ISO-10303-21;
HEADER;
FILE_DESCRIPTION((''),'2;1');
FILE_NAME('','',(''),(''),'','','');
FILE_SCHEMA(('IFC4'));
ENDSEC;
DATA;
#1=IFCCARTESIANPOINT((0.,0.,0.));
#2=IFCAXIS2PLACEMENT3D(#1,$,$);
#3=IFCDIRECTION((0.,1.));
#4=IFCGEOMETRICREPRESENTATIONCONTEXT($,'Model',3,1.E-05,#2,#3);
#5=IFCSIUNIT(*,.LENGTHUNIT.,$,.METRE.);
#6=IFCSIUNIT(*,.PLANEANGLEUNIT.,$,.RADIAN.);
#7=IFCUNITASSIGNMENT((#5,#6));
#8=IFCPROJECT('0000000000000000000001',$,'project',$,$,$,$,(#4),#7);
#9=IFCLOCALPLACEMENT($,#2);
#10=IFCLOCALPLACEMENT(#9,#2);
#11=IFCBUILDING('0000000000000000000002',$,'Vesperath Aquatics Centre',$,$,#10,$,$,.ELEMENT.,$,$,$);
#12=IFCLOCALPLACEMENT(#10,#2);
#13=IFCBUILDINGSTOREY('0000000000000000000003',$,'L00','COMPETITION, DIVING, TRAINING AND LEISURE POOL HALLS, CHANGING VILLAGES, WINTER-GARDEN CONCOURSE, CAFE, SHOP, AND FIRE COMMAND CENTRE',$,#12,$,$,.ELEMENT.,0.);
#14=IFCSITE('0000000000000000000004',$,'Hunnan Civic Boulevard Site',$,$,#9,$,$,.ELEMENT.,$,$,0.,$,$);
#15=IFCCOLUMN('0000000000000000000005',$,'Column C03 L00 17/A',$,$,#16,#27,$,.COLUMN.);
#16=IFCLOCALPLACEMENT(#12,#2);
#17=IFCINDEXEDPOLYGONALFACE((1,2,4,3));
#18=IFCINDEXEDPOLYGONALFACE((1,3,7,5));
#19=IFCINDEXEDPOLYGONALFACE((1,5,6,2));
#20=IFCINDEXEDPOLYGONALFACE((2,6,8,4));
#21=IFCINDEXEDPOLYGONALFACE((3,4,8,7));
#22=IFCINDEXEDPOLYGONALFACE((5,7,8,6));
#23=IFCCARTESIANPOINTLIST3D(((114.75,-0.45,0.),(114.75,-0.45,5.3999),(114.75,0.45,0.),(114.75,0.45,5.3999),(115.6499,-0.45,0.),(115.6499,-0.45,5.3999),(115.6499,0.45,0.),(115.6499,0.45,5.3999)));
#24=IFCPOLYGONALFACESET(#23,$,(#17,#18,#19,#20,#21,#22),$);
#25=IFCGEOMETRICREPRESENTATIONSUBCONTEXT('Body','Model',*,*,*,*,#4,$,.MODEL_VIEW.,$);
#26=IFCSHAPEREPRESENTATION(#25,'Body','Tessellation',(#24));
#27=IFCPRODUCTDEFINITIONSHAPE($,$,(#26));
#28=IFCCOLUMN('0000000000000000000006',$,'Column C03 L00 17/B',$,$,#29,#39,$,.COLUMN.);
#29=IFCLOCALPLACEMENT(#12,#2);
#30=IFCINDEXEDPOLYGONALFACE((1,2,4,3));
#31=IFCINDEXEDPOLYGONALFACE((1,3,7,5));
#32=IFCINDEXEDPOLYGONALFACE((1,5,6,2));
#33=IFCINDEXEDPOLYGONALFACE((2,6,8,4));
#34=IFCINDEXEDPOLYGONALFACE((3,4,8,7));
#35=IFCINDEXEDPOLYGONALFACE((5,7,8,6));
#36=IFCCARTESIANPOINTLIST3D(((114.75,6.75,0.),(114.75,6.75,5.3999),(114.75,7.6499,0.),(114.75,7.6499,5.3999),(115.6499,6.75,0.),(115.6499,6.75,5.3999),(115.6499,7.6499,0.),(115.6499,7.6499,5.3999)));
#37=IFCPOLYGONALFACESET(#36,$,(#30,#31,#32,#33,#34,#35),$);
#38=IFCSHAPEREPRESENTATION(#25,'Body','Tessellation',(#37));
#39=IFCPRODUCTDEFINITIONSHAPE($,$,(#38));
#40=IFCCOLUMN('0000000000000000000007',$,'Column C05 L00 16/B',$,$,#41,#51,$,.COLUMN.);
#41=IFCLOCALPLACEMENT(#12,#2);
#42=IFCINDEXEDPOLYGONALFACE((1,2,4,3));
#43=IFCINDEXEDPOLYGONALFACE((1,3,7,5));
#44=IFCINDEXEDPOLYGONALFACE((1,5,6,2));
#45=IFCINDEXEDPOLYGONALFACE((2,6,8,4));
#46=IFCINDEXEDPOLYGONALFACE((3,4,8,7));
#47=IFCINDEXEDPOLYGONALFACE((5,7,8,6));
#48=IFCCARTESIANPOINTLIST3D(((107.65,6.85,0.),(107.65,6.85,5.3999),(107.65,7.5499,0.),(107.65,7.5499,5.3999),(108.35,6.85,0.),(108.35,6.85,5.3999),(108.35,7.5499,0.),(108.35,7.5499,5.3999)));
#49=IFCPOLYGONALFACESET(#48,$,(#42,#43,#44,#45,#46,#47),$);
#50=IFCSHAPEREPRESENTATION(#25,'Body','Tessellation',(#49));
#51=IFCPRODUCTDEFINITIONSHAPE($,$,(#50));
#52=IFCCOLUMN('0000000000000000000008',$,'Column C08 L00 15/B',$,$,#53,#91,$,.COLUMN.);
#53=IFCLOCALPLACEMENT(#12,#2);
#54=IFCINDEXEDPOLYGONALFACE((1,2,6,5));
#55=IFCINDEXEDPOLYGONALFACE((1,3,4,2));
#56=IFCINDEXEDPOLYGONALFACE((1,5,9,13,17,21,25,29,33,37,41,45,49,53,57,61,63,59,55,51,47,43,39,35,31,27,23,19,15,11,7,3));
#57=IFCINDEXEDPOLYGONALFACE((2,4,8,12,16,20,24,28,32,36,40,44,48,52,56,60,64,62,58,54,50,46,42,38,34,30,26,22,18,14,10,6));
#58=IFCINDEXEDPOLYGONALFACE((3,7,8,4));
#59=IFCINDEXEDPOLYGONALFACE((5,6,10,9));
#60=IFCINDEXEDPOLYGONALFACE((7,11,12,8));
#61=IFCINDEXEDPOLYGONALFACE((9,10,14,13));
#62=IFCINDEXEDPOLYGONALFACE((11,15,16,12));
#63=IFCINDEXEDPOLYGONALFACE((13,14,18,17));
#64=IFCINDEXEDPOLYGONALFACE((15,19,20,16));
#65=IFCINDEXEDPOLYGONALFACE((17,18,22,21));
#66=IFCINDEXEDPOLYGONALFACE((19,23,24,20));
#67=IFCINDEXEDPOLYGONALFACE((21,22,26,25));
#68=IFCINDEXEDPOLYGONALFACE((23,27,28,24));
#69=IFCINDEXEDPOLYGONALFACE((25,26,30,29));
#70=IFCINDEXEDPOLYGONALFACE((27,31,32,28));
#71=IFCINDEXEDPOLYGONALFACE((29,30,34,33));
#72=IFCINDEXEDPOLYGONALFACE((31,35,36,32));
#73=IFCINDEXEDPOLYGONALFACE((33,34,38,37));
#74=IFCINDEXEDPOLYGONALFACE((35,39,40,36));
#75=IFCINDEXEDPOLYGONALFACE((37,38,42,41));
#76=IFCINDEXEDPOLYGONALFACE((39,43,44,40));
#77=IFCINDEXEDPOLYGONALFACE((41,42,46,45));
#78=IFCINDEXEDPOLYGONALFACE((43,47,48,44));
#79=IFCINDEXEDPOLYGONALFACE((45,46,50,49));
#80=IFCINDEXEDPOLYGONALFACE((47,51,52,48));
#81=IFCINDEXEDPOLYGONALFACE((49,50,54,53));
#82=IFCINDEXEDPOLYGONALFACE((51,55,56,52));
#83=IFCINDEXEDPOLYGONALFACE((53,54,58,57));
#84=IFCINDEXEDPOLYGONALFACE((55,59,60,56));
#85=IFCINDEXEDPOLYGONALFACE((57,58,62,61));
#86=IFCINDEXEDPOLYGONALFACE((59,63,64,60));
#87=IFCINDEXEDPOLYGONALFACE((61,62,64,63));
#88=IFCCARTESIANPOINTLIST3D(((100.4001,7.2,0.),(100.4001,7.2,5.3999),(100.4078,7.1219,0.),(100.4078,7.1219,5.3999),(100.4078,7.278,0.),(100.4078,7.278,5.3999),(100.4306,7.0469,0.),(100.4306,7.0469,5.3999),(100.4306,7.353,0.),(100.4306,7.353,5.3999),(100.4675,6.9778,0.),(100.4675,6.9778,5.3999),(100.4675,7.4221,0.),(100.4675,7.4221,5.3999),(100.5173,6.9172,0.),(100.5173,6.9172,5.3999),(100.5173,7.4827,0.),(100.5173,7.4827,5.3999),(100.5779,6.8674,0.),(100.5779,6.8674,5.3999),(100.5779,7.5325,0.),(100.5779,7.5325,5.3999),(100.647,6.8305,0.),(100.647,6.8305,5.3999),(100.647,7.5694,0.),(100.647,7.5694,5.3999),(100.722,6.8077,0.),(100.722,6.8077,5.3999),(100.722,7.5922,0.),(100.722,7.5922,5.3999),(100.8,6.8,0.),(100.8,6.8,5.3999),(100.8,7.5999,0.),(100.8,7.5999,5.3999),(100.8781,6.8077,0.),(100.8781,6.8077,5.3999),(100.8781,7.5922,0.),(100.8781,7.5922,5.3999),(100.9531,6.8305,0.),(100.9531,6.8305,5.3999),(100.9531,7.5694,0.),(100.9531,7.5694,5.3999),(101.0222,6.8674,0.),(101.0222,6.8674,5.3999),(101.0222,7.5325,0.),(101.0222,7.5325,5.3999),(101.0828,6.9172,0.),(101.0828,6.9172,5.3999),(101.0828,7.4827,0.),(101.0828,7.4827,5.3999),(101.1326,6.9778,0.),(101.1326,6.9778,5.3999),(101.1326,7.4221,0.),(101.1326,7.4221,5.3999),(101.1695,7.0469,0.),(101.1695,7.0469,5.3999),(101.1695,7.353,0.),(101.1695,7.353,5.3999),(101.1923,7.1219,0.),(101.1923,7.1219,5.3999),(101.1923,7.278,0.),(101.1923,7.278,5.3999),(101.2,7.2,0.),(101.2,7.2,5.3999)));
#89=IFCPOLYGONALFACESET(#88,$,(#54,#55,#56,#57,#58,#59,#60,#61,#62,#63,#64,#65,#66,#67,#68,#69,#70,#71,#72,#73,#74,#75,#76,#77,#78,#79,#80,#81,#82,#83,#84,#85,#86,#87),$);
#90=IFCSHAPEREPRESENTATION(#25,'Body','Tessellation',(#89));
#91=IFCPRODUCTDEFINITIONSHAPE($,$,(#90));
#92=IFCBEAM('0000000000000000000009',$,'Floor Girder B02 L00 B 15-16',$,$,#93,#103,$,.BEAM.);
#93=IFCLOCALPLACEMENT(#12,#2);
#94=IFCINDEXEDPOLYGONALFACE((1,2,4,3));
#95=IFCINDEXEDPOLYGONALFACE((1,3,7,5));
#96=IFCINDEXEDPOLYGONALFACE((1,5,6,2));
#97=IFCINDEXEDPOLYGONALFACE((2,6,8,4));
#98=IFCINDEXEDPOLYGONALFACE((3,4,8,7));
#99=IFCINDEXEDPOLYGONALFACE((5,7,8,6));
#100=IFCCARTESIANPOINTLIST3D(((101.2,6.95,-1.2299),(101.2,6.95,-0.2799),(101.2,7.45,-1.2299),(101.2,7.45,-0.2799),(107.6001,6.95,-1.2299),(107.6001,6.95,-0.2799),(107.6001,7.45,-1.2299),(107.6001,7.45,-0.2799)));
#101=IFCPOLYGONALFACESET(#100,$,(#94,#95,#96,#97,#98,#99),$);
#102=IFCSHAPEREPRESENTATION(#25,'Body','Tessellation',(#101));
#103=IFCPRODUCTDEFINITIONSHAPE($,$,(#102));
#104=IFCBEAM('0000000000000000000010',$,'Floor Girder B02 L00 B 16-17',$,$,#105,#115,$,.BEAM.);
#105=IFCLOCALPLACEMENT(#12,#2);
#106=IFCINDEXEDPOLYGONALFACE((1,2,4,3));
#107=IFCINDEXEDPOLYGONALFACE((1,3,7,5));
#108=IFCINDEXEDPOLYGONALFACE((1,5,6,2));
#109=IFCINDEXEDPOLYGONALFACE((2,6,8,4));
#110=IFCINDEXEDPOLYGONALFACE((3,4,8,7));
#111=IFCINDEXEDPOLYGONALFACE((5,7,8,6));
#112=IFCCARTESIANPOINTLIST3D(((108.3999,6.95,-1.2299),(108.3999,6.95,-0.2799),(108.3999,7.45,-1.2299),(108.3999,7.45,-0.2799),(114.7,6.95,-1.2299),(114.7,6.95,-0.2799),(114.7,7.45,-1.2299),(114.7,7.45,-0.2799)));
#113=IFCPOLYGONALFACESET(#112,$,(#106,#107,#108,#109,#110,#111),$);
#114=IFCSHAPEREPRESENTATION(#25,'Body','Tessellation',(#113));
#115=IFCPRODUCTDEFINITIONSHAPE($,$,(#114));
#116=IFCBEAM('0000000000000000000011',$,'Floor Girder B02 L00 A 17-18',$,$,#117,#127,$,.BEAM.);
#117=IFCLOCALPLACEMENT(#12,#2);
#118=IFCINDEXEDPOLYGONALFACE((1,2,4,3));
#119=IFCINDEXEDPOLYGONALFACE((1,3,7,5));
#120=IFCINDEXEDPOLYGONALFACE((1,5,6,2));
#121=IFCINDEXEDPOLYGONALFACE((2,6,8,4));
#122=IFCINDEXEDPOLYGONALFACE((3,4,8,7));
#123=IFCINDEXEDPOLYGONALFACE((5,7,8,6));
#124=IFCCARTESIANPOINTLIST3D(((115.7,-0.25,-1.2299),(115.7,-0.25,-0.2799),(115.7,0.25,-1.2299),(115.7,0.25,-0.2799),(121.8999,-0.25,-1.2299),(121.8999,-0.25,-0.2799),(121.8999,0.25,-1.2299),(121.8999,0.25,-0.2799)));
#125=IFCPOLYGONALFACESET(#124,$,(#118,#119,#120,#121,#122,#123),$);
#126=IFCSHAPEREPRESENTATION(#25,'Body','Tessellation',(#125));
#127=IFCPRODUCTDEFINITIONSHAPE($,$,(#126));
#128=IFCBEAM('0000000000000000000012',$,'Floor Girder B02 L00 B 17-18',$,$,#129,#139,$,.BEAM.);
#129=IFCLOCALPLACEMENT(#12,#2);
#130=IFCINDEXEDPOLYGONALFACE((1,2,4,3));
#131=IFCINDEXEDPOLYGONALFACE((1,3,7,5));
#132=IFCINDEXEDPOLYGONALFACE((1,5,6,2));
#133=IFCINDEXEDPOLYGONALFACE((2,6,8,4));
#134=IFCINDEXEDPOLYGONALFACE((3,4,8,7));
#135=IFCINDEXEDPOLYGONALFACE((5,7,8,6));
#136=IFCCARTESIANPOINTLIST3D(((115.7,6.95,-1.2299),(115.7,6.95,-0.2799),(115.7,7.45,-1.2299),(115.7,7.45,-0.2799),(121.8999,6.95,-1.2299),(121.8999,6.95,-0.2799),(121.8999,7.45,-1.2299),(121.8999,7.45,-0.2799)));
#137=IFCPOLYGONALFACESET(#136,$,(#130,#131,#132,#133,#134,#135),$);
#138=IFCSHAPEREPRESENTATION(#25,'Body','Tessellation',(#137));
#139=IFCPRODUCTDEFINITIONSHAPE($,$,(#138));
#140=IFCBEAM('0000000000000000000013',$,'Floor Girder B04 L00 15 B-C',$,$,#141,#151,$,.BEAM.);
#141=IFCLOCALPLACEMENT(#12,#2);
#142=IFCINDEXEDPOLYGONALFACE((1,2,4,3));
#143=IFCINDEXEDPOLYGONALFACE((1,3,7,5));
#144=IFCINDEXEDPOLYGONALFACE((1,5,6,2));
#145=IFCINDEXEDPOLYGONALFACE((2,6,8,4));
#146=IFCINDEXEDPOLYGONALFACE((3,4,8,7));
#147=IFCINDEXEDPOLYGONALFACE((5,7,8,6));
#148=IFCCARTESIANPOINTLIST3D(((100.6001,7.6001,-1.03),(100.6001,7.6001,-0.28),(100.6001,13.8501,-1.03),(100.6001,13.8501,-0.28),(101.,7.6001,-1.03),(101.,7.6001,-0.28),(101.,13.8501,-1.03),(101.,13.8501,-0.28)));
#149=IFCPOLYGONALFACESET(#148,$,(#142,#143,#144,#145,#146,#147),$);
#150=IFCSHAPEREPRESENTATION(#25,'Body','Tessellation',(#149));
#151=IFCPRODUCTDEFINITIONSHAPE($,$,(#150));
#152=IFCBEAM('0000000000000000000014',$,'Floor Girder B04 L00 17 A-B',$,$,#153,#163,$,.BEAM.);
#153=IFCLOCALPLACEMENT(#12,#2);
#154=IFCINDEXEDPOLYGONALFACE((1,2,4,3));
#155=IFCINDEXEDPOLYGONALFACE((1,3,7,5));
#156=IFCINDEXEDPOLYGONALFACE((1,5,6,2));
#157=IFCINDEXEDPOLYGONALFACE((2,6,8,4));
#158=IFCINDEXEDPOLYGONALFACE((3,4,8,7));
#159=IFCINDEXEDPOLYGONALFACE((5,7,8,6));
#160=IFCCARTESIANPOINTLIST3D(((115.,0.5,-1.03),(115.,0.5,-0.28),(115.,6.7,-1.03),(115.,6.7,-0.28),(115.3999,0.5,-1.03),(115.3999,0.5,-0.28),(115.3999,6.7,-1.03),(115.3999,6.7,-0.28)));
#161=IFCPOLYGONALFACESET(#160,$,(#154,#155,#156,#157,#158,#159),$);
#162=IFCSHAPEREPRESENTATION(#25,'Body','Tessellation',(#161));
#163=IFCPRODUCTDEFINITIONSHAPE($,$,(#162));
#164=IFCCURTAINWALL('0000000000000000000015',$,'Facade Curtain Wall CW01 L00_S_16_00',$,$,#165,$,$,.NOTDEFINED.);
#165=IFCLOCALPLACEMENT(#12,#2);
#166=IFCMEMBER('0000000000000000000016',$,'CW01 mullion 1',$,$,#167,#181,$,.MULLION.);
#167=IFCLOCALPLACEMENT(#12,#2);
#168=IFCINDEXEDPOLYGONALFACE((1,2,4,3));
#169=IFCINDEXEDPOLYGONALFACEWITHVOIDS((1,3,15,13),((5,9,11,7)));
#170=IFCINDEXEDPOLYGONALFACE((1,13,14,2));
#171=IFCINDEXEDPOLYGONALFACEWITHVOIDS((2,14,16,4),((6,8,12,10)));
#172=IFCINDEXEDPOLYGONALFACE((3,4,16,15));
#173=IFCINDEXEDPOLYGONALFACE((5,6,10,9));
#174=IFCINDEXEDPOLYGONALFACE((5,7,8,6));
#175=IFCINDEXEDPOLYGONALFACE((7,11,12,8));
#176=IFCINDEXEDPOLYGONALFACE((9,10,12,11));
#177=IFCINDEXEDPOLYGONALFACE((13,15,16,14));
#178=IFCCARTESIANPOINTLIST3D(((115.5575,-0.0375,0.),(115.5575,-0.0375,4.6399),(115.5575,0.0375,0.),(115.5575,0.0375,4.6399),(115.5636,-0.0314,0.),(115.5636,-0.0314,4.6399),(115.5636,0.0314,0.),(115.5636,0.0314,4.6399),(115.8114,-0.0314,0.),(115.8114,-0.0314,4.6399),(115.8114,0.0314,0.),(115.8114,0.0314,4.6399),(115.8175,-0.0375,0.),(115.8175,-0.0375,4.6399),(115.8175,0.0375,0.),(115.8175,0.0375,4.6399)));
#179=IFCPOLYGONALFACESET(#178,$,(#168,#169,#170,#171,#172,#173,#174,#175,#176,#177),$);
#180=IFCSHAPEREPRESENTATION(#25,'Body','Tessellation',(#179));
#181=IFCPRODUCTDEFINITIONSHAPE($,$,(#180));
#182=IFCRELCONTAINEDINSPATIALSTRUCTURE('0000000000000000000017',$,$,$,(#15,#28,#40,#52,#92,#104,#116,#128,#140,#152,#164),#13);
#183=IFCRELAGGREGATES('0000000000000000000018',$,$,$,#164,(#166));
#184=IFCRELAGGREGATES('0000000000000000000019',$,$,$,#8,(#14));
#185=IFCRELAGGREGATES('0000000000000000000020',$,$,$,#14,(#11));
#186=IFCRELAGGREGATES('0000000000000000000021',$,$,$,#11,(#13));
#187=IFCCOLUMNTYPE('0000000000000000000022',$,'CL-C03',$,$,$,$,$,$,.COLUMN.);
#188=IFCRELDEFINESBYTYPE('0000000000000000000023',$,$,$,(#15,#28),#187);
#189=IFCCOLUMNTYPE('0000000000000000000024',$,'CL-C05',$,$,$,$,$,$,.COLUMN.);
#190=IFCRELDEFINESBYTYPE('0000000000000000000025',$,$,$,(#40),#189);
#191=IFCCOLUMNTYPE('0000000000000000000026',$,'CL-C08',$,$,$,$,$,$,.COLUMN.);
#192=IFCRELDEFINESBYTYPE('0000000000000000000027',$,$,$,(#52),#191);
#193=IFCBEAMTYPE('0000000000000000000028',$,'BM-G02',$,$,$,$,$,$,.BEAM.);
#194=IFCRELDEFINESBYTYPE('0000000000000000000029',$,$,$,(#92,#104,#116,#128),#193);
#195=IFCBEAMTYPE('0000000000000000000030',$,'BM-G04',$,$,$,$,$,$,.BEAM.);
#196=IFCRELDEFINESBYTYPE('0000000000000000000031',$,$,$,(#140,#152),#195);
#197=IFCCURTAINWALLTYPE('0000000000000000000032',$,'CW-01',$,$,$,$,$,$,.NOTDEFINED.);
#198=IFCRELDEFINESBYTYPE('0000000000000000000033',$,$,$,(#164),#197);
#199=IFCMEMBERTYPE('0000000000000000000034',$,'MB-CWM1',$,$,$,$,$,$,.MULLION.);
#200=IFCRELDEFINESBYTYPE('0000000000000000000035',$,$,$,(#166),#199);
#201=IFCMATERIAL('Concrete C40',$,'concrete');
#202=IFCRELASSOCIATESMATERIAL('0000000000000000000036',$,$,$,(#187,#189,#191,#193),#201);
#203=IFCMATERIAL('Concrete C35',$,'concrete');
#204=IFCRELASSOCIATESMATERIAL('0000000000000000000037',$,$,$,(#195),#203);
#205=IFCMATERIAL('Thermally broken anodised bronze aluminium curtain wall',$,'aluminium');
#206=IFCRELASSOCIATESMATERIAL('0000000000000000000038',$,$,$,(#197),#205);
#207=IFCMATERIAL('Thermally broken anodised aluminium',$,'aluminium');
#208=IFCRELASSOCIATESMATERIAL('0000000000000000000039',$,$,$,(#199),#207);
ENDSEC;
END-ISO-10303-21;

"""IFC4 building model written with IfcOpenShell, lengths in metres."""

from ifc_helpers import new_model, si_unit, direction, frame, origin, origin_2d, place, context, subcontext, project, spatial, rectangle, hollow_rectangle, circle, extrude, material, material_profile, profile_set, type_object, element, aggregate, save


model = new_model("IFC4")

# Units and contexts
model_context = context("Model", 3, precision=1e-05, world=origin(), true_north=direction((0.0, 1.0)))
body_context = subcontext(model_context, "Body", "Model", "MODEL_VIEW")
ifc_project = project(units=[si_unit("LENGTHUNIT", "METRE"), si_unit("PLANEANGLEUNIT", "RADIAN")], contexts=[model_context])

# Site, building, storey
site_placement = place(None, origin())
site = spatial("IfcSite", under=ifc_project, at=site_placement, Name="Hunnan Civic Boulevard Site", CompositionType="ELEMENT", RefElevation=0.0)
building_placement = place(site_placement, origin())
building = spatial("IfcBuilding", under=site, at=building_placement, Name="Vesperath Aquatics Centre", CompositionType="ELEMENT")
storey_placement = place(building_placement, origin())
storey = spatial("IfcBuildingStorey", under=building, at=storey_placement, Name="L00", Description="COMPETITION, DIVING, TRAINING AND LEISURE POOL HALLS, CHANGING VILLAGES, WINTER-GARDEN CONCOURSE, CAFE, SHOP, AND FIRE COMMAND CENTRE", CompositionType="ELEMENT", Elevation=0.0)

# Columns
ifc_material_1 = material(Name="Concrete C40", Category="concrete")
ifc_material_profile_1 = material_profile(ifc_material_1, rectangle(XDim=0.8999, YDim=0.8999, at=origin_2d()), Name="RC 900x900")
ifc_profile_set_1 = profile_set([ifc_material_profile_1], Name="Concrete C40")
column_type_1 = type_object("IfcColumnType", Name="CL-C03", PredefinedType="COLUMN", material=ifc_profile_set_1)
for number, where, z_axis, x_axis, name in (
    (1, (115.2, 0.0, 0.0), (0.0, 0.0, 1.0), (1.0, 0.0, 0.0), "Column C03 L00 17/A"),
    (2, (115.2, 7.2, 0.0), (0.0, 0.0, 1.0), (1.0, 0.0, 0.0), "Column C03 L00 17/B"),
):
    element("IfcColumn", number, at=place(storey_placement, frame(where, z_axis=z_axis, x_axis=x_axis)), inside=storey, type_object=column_type_1, Name=name, PredefinedType="COLUMN", context=body_context, shape_type="SweptSolid", body=[
        extrude(rectangle(XDim=0.8999, YDim=0.8999, at=origin_2d()), origin(), (0.0, 0.0, 1.0), 5.3999),
    ])
ifc_material_profile_2 = material_profile(ifc_material_1, rectangle(XDim=0.7, YDim=0.7, at=origin_2d()), Name="RC 700x700")
ifc_profile_set_2 = profile_set([ifc_material_profile_2], Name="Concrete C40")
column_type_2 = type_object("IfcColumnType", Name="CL-C05", PredefinedType="COLUMN", material=ifc_profile_set_2)
column_1_placement = place(storey_placement, frame((108.0, 7.2, 0.0), z_axis=(0.0, 0.0, 1.0), x_axis=(1.0, 0.0, 0.0)))
element("IfcColumn", 3, at=column_1_placement, inside=storey, type_object=column_type_2, Name="Column C05 L00 16/B", PredefinedType="COLUMN", context=body_context, shape_type="SweptSolid", body=[
    extrude(rectangle(XDim=0.7, YDim=0.7, at=origin_2d()), origin(), (0.0, 0.0, 1.0), 5.3999),
])
ifc_material_profile_3 = material_profile(ifc_material_1, circle(Radius=0.3999, at=origin_2d()), Name="RC D800")
ifc_profile_set_3 = profile_set([ifc_material_profile_3], Name="Concrete C40")
column_type_3 = type_object("IfcColumnType", Name="CL-C08", PredefinedType="COLUMN", material=ifc_profile_set_3)
column_2_placement = place(storey_placement, frame((100.8, 7.2, 0.0), z_axis=(0.0, 0.0, 1.0), x_axis=(1.0, 0.0, 0.0)))
element("IfcColumn", 4, at=column_2_placement, inside=storey, type_object=column_type_3, Name="Column C08 L00 15/B", PredefinedType="COLUMN", context=body_context, shape_type="SweptSolid", body=[
    extrude(circle(Radius=0.3999, at=origin_2d()), origin(), (0.0, 0.0, 1.0), 5.3999),
])

# Beams
ifc_material_profile_4 = material_profile(ifc_material_1, rectangle(XDim=0.5, YDim=0.95, at=origin_2d()), Name="RC 500x950")
ifc_profile_set_4 = profile_set([ifc_material_profile_4], Name="Concrete C40")
beam_type_1 = type_object("IfcBeamType", Name="BM-G02", PredefinedType="BEAM", material=ifc_profile_set_4)
beam_1_placement = place(storey_placement, frame((101.2, 7.2, -0.7549), z_axis=(1.0, 0.0, 0.0), x_axis=(0.0, 1.0, 0.0)))
element("IfcBeam", 5, at=beam_1_placement, inside=storey, type_object=beam_type_1, Name="Floor Girder B02 L00 B 15-16", PredefinedType="BEAM", context=body_context, shape_type="SweptSolid", body=[
    extrude(rectangle(XDim=0.5, YDim=0.95, at=origin_2d()), origin(), (0.0, 0.0, 1.0), 6.4001),
])
beam_2_placement = place(storey_placement, frame((108.3999, 7.2, -0.7549), z_axis=(1.0, 0.0, 0.0), x_axis=(0.0, 1.0, 0.0)))
element("IfcBeam", 6, at=beam_2_placement, inside=storey, type_object=beam_type_1, Name="Floor Girder B02 L00 B 16-17", PredefinedType="BEAM", context=body_context, shape_type="SweptSolid", body=[
    extrude(rectangle(XDim=0.5, YDim=0.95, at=origin_2d()), origin(), (0.0, 0.0, 1.0), 6.3),
])
for number, where, z_axis, x_axis, name in (
    (7, (115.7, 0.0, -0.7549), (1.0, 0.0, 0.0), (0.0, 1.0, 0.0), "Floor Girder B02 L00 A 17-18"),
    (8, (115.7, 7.2, -0.7549), (1.0, 0.0, 0.0), (0.0, 1.0, 0.0), "Floor Girder B02 L00 B 17-18"),
):
    element("IfcBeam", number, at=place(storey_placement, frame(where, z_axis=z_axis, x_axis=x_axis)), inside=storey, type_object=beam_type_1, Name=name, PredefinedType="BEAM", context=body_context, shape_type="SweptSolid", body=[
        extrude(rectangle(XDim=0.5, YDim=0.95, at=origin_2d()), origin(), (0.0, 0.0, 1.0), 6.2),
    ])
ifc_material_2 = material(Name="Concrete C35", Category="concrete")
ifc_material_profile_5 = material_profile(ifc_material_2, rectangle(XDim=0.3999, YDim=0.75, at=origin_2d()), Name="RC 400x750")
ifc_profile_set_5 = profile_set([ifc_material_profile_5], Name="Concrete C35")
beam_type_2 = type_object("IfcBeamType", Name="BM-G04", PredefinedType="BEAM", material=ifc_profile_set_5)
beam_3_placement = place(storey_placement, frame((100.8, 7.6001, -0.655), z_axis=(0.0, 1.0, 0.0), x_axis=(-1.0, 0.0, 0.0)))
element("IfcBeam", 9, at=beam_3_placement, inside=storey, type_object=beam_type_2, Name="Floor Girder B04 L00 15 B-C", PredefinedType="BEAM", context=body_context, shape_type="SweptSolid", body=[
    extrude(rectangle(XDim=0.3999, YDim=0.75, at=origin_2d()), origin(), (0.0, 0.0, 1.0), 6.25),
])
beam_4_placement = place(storey_placement, frame((115.2, 0.5, -0.655), z_axis=(0.0, 1.0, 0.0), x_axis=(-1.0, 0.0, 0.0)))
element("IfcBeam", 10, at=beam_4_placement, inside=storey, type_object=beam_type_2, Name="Floor Girder B04 L00 17 A-B", PredefinedType="BEAM", context=body_context, shape_type="SweptSolid", body=[
    extrude(rectangle(XDim=0.3999, YDim=0.75, at=origin_2d()), origin(), (0.0, 0.0, 1.0), 6.2),
])

# Curtain wall, member
ifc_material_3 = material(Name="Thermally broken anodised bronze aluminium curtain wall", Category="aluminium")
curtain_wall_type = type_object("IfcCurtainWallType", Name="CW-01", PredefinedType="NOTDEFINED", material=ifc_material_3)
curtain_wall_1_placement = place(storey_placement, origin())
curtain_wall_1 = element("IfcCurtainWall", 11, at=curtain_wall_1_placement, inside=storey, type_object=curtain_wall_type, Name="Facade Curtain Wall CW01 L00_S_16_00", PredefinedType="NOTDEFINED")
ifc_material_4 = material(Name="Thermally broken anodised aluminium", Category="aluminium")
ifc_material_profile_6 = material_profile(ifc_material_4, hollow_rectangle(XDim=0.075, YDim=0.26, WallThickness=0.0061, at=origin_2d()), Name="CWM 75x260x6")
ifc_profile_set_6 = profile_set([ifc_material_profile_6], Name="Thermally broken anodised aluminium")
member_type_1 = type_object("IfcMemberType", Name="MB-CWM1", PredefinedType="MULLION", material=ifc_profile_set_6)
member_1_placement = place(storey_placement, frame((115.6875, 0.0, 0.0), z_axis=(0.0, 0.0, 1.0), x_axis=(0.0, 1.0, 0.0)))
member_1 = element("IfcMember", 12, at=member_1_placement, type_object=member_type_1, Name="CW01 mullion 1", PredefinedType="MULLION", context=body_context, shape_type="SweptSolid", body=[
    extrude(hollow_rectangle(XDim=0.075, YDim=0.26, WallThickness=0.0061, at=origin_2d()), origin(), (0.0, 0.0, 1.0), 4.6399),
])

aggregate(curtain_wall_1, [member_1])

save(model, "model.ifc")
